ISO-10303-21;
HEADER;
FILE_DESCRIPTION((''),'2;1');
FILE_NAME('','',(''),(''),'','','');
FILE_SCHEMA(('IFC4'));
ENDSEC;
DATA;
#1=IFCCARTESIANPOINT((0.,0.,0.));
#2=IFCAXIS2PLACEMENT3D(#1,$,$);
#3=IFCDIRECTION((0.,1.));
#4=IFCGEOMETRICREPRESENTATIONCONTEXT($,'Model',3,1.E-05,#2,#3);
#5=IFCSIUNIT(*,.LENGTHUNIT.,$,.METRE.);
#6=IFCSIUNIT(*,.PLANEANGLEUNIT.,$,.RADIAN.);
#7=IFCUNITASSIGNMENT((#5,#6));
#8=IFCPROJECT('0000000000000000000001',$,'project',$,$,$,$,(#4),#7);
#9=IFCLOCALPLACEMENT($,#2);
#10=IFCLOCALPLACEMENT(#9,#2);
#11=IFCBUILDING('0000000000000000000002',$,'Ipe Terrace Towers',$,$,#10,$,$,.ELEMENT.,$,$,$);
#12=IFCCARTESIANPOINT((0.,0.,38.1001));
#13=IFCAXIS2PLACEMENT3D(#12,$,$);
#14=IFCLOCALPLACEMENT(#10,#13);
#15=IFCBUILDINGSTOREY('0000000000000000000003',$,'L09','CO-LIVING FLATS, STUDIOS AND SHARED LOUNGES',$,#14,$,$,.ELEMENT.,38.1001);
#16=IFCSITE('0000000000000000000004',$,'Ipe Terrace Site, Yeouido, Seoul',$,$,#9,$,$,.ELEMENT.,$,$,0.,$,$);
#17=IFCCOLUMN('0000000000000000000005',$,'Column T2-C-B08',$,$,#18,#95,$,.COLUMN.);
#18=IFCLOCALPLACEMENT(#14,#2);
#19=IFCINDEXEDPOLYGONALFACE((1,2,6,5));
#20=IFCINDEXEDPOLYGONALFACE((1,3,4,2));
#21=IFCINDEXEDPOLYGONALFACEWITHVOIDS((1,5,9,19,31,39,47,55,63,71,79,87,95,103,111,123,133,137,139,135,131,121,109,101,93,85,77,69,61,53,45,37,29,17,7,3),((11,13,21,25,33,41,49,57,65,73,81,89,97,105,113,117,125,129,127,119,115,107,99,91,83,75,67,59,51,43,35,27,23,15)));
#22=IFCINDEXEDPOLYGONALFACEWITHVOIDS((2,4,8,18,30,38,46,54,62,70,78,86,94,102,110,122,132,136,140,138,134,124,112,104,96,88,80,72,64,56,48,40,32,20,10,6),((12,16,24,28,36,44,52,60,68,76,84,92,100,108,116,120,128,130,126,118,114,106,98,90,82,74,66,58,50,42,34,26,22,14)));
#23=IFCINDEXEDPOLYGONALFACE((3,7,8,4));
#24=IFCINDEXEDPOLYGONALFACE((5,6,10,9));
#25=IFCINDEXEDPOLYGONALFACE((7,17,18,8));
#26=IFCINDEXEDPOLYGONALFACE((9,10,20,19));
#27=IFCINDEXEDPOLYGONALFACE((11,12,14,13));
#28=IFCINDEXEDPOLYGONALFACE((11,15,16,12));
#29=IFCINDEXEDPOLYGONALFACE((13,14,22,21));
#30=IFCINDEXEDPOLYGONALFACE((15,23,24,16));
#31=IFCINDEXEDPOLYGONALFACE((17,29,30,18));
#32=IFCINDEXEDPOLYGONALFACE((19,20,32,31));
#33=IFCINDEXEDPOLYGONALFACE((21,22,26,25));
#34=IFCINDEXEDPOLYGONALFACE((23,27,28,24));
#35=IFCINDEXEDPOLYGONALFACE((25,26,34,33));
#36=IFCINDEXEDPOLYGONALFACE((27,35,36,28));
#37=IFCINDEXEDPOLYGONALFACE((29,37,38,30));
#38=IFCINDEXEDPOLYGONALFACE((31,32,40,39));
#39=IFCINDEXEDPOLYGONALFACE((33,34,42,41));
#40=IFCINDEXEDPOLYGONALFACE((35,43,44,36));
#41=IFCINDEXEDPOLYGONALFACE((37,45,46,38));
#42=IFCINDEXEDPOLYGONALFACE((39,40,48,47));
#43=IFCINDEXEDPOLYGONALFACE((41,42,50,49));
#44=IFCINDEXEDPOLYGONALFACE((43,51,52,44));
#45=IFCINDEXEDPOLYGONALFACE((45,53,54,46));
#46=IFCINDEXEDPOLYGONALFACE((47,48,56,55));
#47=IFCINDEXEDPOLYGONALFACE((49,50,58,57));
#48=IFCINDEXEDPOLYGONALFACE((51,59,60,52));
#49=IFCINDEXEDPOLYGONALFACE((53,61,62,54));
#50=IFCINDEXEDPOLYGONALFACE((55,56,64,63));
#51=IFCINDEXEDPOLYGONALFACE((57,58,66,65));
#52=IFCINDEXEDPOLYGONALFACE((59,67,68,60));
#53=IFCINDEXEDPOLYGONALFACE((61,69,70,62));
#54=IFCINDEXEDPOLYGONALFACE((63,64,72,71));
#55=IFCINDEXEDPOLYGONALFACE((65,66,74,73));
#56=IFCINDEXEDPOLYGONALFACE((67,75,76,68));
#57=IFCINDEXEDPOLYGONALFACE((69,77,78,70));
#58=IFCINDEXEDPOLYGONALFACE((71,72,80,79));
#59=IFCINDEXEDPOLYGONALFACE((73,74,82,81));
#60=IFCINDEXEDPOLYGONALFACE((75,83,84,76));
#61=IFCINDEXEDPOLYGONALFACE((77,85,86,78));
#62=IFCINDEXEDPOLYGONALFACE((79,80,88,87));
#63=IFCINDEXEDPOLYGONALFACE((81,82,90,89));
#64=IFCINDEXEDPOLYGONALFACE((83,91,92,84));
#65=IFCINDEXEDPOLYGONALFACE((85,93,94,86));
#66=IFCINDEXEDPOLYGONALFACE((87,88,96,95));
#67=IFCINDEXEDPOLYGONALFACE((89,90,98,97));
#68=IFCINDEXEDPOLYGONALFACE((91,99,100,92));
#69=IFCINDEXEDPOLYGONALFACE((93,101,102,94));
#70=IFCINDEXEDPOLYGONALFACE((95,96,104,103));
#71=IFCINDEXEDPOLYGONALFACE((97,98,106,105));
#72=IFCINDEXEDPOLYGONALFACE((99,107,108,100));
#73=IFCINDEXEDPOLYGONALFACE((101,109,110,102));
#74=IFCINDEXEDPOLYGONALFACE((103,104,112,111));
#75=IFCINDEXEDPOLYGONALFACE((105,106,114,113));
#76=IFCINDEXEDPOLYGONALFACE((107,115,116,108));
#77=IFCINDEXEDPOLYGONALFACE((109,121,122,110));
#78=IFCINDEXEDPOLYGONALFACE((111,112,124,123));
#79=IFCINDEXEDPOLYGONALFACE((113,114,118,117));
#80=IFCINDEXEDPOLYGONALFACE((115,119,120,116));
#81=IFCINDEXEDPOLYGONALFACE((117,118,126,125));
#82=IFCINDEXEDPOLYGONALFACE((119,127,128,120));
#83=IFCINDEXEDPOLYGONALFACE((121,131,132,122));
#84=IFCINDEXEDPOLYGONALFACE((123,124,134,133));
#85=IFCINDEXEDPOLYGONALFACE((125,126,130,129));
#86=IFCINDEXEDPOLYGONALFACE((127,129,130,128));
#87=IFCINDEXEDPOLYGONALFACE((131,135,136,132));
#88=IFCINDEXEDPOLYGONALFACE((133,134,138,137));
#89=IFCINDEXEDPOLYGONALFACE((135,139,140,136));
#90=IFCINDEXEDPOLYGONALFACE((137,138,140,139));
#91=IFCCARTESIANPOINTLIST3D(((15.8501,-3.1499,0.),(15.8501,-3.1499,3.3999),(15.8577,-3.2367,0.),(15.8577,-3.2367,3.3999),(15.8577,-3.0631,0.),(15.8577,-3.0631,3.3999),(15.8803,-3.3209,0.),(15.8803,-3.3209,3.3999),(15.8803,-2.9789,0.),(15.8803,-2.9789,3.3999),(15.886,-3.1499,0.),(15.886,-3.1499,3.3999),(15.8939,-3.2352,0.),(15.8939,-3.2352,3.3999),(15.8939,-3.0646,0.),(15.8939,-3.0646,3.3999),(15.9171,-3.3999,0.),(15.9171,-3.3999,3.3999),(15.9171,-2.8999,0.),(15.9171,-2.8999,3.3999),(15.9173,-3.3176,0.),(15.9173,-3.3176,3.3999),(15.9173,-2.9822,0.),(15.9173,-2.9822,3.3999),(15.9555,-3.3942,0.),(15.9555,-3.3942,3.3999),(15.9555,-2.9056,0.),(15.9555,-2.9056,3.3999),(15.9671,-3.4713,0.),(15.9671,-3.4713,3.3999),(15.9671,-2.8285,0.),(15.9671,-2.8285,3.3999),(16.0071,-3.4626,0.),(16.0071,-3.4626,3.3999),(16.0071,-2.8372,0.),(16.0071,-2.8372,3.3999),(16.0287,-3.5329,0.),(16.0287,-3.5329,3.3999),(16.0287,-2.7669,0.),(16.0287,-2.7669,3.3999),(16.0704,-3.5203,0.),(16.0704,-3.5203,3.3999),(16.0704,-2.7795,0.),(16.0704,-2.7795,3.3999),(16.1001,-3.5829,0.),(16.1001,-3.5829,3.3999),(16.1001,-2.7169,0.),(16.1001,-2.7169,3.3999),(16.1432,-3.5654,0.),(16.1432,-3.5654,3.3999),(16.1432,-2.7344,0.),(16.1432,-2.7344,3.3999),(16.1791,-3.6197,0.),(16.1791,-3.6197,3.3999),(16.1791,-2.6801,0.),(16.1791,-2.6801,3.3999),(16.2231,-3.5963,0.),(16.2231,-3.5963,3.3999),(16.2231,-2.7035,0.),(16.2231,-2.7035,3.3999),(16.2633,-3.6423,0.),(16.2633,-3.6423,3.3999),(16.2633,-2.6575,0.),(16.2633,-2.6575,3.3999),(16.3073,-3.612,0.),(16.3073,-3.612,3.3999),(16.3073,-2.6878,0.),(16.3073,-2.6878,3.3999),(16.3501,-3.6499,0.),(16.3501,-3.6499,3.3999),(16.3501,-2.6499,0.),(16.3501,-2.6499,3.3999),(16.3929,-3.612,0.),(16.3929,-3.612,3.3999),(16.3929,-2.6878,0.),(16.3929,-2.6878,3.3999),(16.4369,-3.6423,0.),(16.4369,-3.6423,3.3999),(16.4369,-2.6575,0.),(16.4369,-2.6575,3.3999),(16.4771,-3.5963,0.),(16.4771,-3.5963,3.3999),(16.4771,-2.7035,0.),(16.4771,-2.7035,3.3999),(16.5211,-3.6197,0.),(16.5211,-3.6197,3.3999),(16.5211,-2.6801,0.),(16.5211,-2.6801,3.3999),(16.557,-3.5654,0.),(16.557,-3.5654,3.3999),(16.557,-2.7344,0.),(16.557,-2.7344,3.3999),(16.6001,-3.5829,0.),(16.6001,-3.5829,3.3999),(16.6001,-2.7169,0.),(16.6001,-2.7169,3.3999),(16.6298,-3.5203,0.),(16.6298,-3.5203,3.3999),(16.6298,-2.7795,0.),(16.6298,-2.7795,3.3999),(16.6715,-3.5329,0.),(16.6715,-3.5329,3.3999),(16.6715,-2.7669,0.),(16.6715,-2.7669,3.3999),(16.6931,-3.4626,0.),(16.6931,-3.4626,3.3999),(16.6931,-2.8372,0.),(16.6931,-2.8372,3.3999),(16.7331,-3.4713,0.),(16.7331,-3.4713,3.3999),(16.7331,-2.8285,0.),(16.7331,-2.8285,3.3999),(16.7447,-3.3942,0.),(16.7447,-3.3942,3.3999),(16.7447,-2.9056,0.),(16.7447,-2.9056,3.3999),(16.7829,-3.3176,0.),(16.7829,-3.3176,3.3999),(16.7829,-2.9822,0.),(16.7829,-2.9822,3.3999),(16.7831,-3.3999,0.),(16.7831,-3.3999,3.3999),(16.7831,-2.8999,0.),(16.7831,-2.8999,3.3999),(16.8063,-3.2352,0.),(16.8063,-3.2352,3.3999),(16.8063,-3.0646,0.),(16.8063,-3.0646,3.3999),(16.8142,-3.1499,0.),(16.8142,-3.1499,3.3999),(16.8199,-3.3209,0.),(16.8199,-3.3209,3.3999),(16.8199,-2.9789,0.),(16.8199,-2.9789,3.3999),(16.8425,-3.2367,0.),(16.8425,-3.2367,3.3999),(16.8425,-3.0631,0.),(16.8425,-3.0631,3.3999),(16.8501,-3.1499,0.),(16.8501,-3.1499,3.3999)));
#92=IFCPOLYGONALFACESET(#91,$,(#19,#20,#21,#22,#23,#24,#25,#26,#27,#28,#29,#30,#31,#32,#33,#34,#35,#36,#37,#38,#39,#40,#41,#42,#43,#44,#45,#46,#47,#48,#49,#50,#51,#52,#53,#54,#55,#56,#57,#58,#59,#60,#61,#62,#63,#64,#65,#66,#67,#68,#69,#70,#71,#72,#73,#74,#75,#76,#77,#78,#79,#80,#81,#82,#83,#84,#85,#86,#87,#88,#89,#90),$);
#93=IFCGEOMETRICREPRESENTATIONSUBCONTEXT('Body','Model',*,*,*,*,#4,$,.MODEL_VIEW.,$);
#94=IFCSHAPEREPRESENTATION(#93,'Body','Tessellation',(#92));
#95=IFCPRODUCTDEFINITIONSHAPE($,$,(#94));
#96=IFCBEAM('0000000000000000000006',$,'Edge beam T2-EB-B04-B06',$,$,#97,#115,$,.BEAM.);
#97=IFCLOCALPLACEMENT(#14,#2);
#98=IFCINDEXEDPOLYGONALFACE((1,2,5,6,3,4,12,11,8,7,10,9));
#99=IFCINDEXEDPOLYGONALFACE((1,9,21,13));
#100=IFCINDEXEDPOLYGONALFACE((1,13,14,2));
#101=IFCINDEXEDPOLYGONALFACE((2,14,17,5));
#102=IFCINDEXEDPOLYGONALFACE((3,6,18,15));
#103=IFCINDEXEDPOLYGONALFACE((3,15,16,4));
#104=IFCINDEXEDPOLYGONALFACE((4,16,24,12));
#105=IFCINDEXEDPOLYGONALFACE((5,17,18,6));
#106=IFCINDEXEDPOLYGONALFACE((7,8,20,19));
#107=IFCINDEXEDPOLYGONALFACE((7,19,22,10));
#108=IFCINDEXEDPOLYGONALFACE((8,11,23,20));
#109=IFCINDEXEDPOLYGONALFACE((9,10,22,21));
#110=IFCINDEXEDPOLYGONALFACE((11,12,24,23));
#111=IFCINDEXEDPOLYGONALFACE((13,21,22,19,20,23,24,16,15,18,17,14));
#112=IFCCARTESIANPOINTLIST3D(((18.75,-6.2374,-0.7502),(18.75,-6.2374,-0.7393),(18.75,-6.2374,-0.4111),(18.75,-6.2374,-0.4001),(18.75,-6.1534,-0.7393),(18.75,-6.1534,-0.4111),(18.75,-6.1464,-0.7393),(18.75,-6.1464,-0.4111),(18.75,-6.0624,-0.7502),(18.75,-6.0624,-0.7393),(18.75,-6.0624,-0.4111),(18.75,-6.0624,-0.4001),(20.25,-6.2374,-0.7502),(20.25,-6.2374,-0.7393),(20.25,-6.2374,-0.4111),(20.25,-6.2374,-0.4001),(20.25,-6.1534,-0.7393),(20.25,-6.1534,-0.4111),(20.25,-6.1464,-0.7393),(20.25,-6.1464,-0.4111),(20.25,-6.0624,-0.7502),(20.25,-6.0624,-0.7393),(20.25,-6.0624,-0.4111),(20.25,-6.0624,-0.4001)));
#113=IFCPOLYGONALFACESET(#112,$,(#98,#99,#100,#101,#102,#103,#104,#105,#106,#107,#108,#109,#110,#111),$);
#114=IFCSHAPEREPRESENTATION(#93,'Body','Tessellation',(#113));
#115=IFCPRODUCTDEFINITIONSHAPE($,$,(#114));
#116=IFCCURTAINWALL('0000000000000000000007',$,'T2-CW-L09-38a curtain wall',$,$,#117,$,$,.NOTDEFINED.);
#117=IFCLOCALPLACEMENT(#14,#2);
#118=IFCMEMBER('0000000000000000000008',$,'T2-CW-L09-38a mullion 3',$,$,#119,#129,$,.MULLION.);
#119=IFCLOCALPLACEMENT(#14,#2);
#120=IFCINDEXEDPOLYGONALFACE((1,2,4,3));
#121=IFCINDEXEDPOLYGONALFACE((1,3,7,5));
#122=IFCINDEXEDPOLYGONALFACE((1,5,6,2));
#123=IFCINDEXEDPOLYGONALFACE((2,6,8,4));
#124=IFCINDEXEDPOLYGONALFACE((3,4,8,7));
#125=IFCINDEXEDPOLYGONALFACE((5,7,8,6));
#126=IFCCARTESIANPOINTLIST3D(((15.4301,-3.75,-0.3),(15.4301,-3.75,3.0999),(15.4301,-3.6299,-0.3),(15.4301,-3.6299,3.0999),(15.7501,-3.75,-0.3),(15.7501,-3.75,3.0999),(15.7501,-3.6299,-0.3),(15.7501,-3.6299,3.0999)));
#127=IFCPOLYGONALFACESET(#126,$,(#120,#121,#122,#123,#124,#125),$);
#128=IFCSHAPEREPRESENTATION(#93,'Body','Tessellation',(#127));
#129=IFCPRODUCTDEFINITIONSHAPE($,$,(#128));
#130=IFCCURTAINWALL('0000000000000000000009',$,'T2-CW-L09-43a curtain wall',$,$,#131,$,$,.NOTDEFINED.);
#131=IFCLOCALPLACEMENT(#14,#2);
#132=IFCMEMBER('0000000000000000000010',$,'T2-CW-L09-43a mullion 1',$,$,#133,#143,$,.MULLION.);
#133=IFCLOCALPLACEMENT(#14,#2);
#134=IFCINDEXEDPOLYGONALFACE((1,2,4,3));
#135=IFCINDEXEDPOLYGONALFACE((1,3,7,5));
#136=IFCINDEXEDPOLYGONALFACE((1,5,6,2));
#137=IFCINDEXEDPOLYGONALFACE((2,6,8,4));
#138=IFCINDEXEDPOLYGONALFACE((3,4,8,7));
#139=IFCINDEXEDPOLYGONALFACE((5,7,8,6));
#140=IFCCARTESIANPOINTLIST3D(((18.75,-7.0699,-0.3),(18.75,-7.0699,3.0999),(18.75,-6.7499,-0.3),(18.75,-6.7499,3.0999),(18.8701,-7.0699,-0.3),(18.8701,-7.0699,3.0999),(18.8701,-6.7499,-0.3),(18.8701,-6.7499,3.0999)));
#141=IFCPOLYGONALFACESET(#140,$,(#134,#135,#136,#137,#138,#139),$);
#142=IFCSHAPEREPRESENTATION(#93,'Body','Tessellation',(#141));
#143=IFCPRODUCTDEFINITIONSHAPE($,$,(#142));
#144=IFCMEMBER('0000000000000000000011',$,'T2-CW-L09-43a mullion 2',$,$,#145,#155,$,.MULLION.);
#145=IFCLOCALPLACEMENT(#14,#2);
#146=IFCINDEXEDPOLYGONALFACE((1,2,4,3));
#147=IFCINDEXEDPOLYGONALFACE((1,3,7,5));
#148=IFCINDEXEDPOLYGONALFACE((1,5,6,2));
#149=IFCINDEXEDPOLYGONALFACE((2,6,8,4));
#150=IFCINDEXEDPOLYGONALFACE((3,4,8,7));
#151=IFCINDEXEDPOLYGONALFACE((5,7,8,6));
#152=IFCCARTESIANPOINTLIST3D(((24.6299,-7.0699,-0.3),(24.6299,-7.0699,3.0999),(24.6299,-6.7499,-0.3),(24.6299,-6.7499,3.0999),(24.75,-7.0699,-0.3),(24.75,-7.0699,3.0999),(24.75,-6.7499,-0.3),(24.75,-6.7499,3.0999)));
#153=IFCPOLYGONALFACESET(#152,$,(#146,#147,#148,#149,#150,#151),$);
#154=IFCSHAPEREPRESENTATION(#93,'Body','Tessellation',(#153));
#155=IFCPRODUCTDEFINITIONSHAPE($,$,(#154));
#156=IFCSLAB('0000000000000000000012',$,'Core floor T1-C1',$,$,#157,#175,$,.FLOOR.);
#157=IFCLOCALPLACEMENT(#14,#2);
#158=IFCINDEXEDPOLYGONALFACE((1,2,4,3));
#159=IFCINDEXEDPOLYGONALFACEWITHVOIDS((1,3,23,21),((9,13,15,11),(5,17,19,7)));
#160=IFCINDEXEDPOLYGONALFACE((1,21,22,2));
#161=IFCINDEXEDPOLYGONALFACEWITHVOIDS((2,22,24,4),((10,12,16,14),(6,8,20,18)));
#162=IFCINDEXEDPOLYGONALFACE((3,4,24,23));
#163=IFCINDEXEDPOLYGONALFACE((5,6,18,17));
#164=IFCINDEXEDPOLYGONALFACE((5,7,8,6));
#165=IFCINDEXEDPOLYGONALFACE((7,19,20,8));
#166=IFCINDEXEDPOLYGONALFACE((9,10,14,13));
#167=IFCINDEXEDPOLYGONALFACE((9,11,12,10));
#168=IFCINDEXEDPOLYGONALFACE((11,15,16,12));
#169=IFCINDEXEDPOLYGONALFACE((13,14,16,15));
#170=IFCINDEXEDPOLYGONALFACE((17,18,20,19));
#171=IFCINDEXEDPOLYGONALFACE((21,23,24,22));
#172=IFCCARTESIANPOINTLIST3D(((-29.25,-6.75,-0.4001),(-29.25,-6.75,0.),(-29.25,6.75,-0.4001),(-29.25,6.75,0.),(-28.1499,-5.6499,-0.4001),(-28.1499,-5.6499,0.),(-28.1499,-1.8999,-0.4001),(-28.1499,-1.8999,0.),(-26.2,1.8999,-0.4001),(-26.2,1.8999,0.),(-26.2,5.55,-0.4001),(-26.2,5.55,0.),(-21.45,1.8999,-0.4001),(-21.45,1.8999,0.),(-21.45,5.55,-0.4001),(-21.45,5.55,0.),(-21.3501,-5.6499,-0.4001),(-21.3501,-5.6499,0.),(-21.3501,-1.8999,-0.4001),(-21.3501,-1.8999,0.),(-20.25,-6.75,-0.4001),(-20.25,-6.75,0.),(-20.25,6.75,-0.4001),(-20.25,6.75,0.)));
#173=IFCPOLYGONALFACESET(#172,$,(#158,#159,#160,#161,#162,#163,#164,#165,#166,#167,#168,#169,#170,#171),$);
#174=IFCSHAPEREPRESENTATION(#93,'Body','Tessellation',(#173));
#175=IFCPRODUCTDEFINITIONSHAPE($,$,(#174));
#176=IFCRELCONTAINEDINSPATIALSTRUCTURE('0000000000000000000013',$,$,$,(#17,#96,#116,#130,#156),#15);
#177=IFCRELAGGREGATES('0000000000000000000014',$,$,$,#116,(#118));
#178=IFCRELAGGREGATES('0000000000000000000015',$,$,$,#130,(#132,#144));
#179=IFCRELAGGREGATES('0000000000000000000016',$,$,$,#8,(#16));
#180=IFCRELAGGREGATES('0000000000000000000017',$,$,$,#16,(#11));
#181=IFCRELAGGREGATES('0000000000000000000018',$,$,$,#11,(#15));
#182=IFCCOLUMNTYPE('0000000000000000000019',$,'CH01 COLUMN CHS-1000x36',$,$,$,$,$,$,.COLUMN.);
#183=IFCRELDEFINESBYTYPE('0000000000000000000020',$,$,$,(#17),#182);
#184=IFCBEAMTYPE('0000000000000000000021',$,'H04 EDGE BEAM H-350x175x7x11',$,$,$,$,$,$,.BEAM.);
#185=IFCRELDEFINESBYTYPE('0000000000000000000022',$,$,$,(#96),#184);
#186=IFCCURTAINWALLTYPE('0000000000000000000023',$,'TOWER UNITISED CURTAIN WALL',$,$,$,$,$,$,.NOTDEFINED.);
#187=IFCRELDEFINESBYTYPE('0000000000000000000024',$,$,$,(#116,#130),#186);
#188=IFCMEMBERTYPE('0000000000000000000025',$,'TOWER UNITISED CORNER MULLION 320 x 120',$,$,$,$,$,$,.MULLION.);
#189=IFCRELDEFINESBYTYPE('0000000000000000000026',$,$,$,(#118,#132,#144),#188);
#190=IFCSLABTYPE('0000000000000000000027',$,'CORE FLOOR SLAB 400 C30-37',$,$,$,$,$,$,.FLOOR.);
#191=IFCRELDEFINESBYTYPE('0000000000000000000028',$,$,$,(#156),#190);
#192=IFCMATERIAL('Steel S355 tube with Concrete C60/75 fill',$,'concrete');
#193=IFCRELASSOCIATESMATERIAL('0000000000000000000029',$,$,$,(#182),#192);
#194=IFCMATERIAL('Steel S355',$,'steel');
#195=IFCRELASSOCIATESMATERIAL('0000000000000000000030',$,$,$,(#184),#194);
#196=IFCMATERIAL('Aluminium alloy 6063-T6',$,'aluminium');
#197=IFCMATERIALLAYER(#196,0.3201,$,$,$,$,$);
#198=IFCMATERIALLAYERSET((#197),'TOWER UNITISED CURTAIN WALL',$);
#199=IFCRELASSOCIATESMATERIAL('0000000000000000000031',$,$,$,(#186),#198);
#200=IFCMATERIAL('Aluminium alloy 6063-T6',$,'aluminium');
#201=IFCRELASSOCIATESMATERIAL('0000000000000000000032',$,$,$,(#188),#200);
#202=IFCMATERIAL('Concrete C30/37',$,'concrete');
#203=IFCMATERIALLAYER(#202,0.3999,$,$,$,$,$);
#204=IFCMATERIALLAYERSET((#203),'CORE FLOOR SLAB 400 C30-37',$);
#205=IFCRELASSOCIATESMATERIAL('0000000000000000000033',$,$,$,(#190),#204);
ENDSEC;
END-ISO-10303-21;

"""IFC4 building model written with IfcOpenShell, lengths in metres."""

from ifc_helpers import new_model, si_unit, direction, frame, origin, origin_2d, place, context, subcontext, project, spatial, polyline, rectangle, hollow_circle, i_section, outline, extrude, material, layer, layer_set, material_profile, profile_set, type_object, element, aggregate, save


model = new_model("IFC4")

# Units and contexts
model_context = context("Model", 3, precision=1e-05, world=origin(), true_north=direction((0.0, 1.0)))
body_context = subcontext(model_context, "Body", "Model", "MODEL_VIEW")
ifc_project = project(units=[si_unit("LENGTHUNIT", "METRE"), si_unit("PLANEANGLEUNIT", "RADIAN")], contexts=[model_context])

# Site, building, storey
site_placement = place(None, origin())
site = spatial("IfcSite", under=ifc_project, at=site_placement, Name="Ipe Terrace Site, Yeouido, Seoul", CompositionType="ELEMENT", RefElevation=0.0)
building_placement = place(site_placement, origin())
building = spatial("IfcBuilding", under=site, at=building_placement, Name="Ipe Terrace Towers", CompositionType="ELEMENT")
storey_placement = place(building_placement, frame((0.0, 0.0, 38.1001)))
storey = spatial("IfcBuildingStorey", under=building, at=storey_placement, Name="L09", Description="CO-LIVING FLATS, STUDIOS AND SHARED LOUNGES", CompositionType="ELEMENT", Elevation=38.1001)

# Column
ifc_material_1 = material(Name="Steel S355 tube with Concrete C60/75 fill", Category="concrete")
ifc_material_profile_1 = material_profile(ifc_material_1, hollow_circle(Radius=0.5, WallThickness=0.0359, at=origin_2d()), Name="CHS-1000x36")
ifc_profile_set_1 = profile_set([ifc_material_profile_1], Name="Steel S355 tube with Concrete C60/75 fill")
column_type = type_object("IfcColumnType", Name="CH01 COLUMN CHS-1000x36", PredefinedType="COLUMN", material=ifc_profile_set_1)
for number, where, z_axis, x_axis, name in (
    (1, (16.3501, -3.1499, 0.0), (0.0, 0.0, 1.0), (1.0, 0.0, 0.0), "Column T2-C-B08"),
):
    element("IfcColumn", number, at=place(storey_placement, frame(where, z_axis=z_axis, x_axis=x_axis)), inside=storey, type_object=column_type, Name=name, PredefinedType="COLUMN", context=body_context, shape_type="SweptSolid", body=[
        extrude(hollow_circle(Radius=0.5, WallThickness=0.0359, at=origin_2d()), origin(), (0.0, 0.0, 1.0), 3.3999),
    ])

# Beam
ifc_material_2 = material(Name="Steel S355", Category="steel")
ifc_material_profile_2 = material_profile(ifc_material_2, i_section(OverallWidth=0.175, OverallDepth=0.3501, WebThickness=0.0071, FlangeThickness=0.011, at=origin_2d()), Name="H-350x175x7x11")
ifc_profile_set_2 = profile_set([ifc_material_profile_2], Name="Steel S355")
beam_type = type_object("IfcBeamType", Name="H04 EDGE BEAM H-350x175x7x11", PredefinedType="BEAM", material=ifc_profile_set_2)
beam_placement = place(storey_placement, frame((20.25, -6.1499, -0.5752), z_axis=(-1.0, 0.0, 0.0), x_axis=(0.0, -1.0, 0.0)))
element("IfcBeam", 2, at=beam_placement, inside=storey, type_object=beam_type, Name="Edge beam T2-EB-B04-B06", PredefinedType="BEAM", context=body_context, shape_type="SweptSolid", body=[
    extrude(i_section(OverallWidth=0.175, OverallDepth=0.3501, WebThickness=0.0071, FlangeThickness=0.011, at=origin_2d()), origin(), (0.0, 0.0, 1.0), 1.5),
])

# Curtain wall, member
ifc_material_3 = material(Name="Aluminium alloy 6063-T6", Category="aluminium")
ifc_layer_1 = layer(ifc_material_3, 0.3201)
ifc_layer_set_1 = layer_set([ifc_layer_1], Name="TOWER UNITISED CURTAIN WALL")
curtain_wall_type = type_object("IfcCurtainWallType", Name="TOWER UNITISED CURTAIN WALL", PredefinedType="NOTDEFINED", material=ifc_layer_set_1)
curtain_wall_1_placement = place(storey_placement, origin())
curtain_wall_1 = element("IfcCurtainWall", 3, at=curtain_wall_1_placement, inside=storey, type_object=curtain_wall_type, Name="T2-CW-L09-38a curtain wall", PredefinedType="NOTDEFINED")
ifc_material_4 = material(Name="Aluminium alloy 6063-T6", Category="aluminium")
ifc_material_profile_3 = material_profile(ifc_material_4, rectangle(XDim=0.3201, YDim=0.1201, at=origin_2d()), Name="TOWER UNITISED CORNER MULLION 320 x 120")
ifc_profile_set_3 = profile_set([ifc_material_profile_3], Name="Aluminium alloy 6063-T6")
member_type = type_object("IfcMemberType", Name="TOWER UNITISED CORNER MULLION 320 x 120", PredefinedType="MULLION", material=ifc_profile_set_3)
member_1_placement = place(storey_placement, frame((15.5901, -3.6899, -0.3), z_axis=(0.0, 0.0, 1.0), x_axis=(-1.0, 0.0, 0.0)))
member_1 = element("IfcMember", 4, at=member_1_placement, type_object=member_type, Name="T2-CW-L09-38a mullion 3", PredefinedType="MULLION", context=body_context, shape_type="SweptSolid", body=[
    extrude(rectangle(XDim=0.3201, YDim=0.1201, at=origin_2d()), origin(), (0.0, 0.0, 1.0), 3.3999),
])

# Curtain wall, members
curtain_wall_2_placement = place(storey_placement, origin())
curtain_wall_2 = element("IfcCurtainWall", 5, at=curtain_wall_2_placement, inside=storey, type_object=curtain_wall_type, Name="T2-CW-L09-43a curtain wall", PredefinedType="NOTDEFINED")
member_2_placement = place(storey_placement, frame((18.8101, -6.9099, -0.3), z_axis=(0.0, 0.0, 1.0), x_axis=(0.0, -1.0, 0.0)))
member_2 = element("IfcMember", 6, at=member_2_placement, type_object=member_type, Name="T2-CW-L09-43a mullion 1", PredefinedType="MULLION", context=body_context, shape_type="SweptSolid", body=[
    extrude(rectangle(XDim=0.3201, YDim=0.1201, at=origin_2d()), origin(), (0.0, 0.0, 1.0), 3.3999),
])
member_3_placement = place(storey_placement, frame((24.6899, -6.9099, -0.3), z_axis=(0.0, 0.0, 1.0), x_axis=(0.0, -1.0, 0.0)))
member_3 = element("IfcMember", 7, at=member_3_placement, type_object=member_type, Name="T2-CW-L09-43a mullion 2", PredefinedType="MULLION", context=body_context, shape_type="SweptSolid", body=[
    extrude(rectangle(XDim=0.3201, YDim=0.1201, at=origin_2d()), origin(), (0.0, 0.0, 1.0), 3.3999),
])

# Slab
ifc_material_5 = material(Name="Concrete C30/37", Category="concrete")
ifc_layer_2 = layer(ifc_material_5, 0.3999)
ifc_layer_set_2 = layer_set([ifc_layer_2], Name="CORE FLOOR SLAB 400 C30-37")
slab_type_1 = type_object("IfcSlabType", Name="CORE FLOOR SLAB 400 C30-37", PredefinedType="FLOOR", material=ifc_layer_set_2)
slab_1_placement = place(storey_placement, frame((0.0, 0.0, -0.4001)))
element("IfcSlab", 8, at=slab_1_placement, inside=storey, type_object=slab_type_1, Name="Core floor T1-C1", PredefinedType="FLOOR", context=body_context, shape_type="SweptSolid", body=[
    extrude(outline(polyline([(-29.25, -6.75), (-29.25, 6.75), (-20.25, 6.75), (-20.25, -6.75), (-29.25, -6.75)]), holes=[polyline([(-28.1499, -5.6499), (-21.3501, -5.6499), (-21.3501, -1.8999), (-28.1499, -1.8999), (-28.1499, -5.6499)]), polyline([(-26.2, 5.55), (-26.2, 1.8999), (-21.45, 1.8999), (-21.45, 5.55), (-26.2, 5.55)])]), origin(), (0.0, 0.0, 1.0), 0.4001),
])

aggregate(curtain_wall_1, [member_1])
aggregate(curtain_wall_2, [member_2, member_3])

save(model, "model.ifc")
